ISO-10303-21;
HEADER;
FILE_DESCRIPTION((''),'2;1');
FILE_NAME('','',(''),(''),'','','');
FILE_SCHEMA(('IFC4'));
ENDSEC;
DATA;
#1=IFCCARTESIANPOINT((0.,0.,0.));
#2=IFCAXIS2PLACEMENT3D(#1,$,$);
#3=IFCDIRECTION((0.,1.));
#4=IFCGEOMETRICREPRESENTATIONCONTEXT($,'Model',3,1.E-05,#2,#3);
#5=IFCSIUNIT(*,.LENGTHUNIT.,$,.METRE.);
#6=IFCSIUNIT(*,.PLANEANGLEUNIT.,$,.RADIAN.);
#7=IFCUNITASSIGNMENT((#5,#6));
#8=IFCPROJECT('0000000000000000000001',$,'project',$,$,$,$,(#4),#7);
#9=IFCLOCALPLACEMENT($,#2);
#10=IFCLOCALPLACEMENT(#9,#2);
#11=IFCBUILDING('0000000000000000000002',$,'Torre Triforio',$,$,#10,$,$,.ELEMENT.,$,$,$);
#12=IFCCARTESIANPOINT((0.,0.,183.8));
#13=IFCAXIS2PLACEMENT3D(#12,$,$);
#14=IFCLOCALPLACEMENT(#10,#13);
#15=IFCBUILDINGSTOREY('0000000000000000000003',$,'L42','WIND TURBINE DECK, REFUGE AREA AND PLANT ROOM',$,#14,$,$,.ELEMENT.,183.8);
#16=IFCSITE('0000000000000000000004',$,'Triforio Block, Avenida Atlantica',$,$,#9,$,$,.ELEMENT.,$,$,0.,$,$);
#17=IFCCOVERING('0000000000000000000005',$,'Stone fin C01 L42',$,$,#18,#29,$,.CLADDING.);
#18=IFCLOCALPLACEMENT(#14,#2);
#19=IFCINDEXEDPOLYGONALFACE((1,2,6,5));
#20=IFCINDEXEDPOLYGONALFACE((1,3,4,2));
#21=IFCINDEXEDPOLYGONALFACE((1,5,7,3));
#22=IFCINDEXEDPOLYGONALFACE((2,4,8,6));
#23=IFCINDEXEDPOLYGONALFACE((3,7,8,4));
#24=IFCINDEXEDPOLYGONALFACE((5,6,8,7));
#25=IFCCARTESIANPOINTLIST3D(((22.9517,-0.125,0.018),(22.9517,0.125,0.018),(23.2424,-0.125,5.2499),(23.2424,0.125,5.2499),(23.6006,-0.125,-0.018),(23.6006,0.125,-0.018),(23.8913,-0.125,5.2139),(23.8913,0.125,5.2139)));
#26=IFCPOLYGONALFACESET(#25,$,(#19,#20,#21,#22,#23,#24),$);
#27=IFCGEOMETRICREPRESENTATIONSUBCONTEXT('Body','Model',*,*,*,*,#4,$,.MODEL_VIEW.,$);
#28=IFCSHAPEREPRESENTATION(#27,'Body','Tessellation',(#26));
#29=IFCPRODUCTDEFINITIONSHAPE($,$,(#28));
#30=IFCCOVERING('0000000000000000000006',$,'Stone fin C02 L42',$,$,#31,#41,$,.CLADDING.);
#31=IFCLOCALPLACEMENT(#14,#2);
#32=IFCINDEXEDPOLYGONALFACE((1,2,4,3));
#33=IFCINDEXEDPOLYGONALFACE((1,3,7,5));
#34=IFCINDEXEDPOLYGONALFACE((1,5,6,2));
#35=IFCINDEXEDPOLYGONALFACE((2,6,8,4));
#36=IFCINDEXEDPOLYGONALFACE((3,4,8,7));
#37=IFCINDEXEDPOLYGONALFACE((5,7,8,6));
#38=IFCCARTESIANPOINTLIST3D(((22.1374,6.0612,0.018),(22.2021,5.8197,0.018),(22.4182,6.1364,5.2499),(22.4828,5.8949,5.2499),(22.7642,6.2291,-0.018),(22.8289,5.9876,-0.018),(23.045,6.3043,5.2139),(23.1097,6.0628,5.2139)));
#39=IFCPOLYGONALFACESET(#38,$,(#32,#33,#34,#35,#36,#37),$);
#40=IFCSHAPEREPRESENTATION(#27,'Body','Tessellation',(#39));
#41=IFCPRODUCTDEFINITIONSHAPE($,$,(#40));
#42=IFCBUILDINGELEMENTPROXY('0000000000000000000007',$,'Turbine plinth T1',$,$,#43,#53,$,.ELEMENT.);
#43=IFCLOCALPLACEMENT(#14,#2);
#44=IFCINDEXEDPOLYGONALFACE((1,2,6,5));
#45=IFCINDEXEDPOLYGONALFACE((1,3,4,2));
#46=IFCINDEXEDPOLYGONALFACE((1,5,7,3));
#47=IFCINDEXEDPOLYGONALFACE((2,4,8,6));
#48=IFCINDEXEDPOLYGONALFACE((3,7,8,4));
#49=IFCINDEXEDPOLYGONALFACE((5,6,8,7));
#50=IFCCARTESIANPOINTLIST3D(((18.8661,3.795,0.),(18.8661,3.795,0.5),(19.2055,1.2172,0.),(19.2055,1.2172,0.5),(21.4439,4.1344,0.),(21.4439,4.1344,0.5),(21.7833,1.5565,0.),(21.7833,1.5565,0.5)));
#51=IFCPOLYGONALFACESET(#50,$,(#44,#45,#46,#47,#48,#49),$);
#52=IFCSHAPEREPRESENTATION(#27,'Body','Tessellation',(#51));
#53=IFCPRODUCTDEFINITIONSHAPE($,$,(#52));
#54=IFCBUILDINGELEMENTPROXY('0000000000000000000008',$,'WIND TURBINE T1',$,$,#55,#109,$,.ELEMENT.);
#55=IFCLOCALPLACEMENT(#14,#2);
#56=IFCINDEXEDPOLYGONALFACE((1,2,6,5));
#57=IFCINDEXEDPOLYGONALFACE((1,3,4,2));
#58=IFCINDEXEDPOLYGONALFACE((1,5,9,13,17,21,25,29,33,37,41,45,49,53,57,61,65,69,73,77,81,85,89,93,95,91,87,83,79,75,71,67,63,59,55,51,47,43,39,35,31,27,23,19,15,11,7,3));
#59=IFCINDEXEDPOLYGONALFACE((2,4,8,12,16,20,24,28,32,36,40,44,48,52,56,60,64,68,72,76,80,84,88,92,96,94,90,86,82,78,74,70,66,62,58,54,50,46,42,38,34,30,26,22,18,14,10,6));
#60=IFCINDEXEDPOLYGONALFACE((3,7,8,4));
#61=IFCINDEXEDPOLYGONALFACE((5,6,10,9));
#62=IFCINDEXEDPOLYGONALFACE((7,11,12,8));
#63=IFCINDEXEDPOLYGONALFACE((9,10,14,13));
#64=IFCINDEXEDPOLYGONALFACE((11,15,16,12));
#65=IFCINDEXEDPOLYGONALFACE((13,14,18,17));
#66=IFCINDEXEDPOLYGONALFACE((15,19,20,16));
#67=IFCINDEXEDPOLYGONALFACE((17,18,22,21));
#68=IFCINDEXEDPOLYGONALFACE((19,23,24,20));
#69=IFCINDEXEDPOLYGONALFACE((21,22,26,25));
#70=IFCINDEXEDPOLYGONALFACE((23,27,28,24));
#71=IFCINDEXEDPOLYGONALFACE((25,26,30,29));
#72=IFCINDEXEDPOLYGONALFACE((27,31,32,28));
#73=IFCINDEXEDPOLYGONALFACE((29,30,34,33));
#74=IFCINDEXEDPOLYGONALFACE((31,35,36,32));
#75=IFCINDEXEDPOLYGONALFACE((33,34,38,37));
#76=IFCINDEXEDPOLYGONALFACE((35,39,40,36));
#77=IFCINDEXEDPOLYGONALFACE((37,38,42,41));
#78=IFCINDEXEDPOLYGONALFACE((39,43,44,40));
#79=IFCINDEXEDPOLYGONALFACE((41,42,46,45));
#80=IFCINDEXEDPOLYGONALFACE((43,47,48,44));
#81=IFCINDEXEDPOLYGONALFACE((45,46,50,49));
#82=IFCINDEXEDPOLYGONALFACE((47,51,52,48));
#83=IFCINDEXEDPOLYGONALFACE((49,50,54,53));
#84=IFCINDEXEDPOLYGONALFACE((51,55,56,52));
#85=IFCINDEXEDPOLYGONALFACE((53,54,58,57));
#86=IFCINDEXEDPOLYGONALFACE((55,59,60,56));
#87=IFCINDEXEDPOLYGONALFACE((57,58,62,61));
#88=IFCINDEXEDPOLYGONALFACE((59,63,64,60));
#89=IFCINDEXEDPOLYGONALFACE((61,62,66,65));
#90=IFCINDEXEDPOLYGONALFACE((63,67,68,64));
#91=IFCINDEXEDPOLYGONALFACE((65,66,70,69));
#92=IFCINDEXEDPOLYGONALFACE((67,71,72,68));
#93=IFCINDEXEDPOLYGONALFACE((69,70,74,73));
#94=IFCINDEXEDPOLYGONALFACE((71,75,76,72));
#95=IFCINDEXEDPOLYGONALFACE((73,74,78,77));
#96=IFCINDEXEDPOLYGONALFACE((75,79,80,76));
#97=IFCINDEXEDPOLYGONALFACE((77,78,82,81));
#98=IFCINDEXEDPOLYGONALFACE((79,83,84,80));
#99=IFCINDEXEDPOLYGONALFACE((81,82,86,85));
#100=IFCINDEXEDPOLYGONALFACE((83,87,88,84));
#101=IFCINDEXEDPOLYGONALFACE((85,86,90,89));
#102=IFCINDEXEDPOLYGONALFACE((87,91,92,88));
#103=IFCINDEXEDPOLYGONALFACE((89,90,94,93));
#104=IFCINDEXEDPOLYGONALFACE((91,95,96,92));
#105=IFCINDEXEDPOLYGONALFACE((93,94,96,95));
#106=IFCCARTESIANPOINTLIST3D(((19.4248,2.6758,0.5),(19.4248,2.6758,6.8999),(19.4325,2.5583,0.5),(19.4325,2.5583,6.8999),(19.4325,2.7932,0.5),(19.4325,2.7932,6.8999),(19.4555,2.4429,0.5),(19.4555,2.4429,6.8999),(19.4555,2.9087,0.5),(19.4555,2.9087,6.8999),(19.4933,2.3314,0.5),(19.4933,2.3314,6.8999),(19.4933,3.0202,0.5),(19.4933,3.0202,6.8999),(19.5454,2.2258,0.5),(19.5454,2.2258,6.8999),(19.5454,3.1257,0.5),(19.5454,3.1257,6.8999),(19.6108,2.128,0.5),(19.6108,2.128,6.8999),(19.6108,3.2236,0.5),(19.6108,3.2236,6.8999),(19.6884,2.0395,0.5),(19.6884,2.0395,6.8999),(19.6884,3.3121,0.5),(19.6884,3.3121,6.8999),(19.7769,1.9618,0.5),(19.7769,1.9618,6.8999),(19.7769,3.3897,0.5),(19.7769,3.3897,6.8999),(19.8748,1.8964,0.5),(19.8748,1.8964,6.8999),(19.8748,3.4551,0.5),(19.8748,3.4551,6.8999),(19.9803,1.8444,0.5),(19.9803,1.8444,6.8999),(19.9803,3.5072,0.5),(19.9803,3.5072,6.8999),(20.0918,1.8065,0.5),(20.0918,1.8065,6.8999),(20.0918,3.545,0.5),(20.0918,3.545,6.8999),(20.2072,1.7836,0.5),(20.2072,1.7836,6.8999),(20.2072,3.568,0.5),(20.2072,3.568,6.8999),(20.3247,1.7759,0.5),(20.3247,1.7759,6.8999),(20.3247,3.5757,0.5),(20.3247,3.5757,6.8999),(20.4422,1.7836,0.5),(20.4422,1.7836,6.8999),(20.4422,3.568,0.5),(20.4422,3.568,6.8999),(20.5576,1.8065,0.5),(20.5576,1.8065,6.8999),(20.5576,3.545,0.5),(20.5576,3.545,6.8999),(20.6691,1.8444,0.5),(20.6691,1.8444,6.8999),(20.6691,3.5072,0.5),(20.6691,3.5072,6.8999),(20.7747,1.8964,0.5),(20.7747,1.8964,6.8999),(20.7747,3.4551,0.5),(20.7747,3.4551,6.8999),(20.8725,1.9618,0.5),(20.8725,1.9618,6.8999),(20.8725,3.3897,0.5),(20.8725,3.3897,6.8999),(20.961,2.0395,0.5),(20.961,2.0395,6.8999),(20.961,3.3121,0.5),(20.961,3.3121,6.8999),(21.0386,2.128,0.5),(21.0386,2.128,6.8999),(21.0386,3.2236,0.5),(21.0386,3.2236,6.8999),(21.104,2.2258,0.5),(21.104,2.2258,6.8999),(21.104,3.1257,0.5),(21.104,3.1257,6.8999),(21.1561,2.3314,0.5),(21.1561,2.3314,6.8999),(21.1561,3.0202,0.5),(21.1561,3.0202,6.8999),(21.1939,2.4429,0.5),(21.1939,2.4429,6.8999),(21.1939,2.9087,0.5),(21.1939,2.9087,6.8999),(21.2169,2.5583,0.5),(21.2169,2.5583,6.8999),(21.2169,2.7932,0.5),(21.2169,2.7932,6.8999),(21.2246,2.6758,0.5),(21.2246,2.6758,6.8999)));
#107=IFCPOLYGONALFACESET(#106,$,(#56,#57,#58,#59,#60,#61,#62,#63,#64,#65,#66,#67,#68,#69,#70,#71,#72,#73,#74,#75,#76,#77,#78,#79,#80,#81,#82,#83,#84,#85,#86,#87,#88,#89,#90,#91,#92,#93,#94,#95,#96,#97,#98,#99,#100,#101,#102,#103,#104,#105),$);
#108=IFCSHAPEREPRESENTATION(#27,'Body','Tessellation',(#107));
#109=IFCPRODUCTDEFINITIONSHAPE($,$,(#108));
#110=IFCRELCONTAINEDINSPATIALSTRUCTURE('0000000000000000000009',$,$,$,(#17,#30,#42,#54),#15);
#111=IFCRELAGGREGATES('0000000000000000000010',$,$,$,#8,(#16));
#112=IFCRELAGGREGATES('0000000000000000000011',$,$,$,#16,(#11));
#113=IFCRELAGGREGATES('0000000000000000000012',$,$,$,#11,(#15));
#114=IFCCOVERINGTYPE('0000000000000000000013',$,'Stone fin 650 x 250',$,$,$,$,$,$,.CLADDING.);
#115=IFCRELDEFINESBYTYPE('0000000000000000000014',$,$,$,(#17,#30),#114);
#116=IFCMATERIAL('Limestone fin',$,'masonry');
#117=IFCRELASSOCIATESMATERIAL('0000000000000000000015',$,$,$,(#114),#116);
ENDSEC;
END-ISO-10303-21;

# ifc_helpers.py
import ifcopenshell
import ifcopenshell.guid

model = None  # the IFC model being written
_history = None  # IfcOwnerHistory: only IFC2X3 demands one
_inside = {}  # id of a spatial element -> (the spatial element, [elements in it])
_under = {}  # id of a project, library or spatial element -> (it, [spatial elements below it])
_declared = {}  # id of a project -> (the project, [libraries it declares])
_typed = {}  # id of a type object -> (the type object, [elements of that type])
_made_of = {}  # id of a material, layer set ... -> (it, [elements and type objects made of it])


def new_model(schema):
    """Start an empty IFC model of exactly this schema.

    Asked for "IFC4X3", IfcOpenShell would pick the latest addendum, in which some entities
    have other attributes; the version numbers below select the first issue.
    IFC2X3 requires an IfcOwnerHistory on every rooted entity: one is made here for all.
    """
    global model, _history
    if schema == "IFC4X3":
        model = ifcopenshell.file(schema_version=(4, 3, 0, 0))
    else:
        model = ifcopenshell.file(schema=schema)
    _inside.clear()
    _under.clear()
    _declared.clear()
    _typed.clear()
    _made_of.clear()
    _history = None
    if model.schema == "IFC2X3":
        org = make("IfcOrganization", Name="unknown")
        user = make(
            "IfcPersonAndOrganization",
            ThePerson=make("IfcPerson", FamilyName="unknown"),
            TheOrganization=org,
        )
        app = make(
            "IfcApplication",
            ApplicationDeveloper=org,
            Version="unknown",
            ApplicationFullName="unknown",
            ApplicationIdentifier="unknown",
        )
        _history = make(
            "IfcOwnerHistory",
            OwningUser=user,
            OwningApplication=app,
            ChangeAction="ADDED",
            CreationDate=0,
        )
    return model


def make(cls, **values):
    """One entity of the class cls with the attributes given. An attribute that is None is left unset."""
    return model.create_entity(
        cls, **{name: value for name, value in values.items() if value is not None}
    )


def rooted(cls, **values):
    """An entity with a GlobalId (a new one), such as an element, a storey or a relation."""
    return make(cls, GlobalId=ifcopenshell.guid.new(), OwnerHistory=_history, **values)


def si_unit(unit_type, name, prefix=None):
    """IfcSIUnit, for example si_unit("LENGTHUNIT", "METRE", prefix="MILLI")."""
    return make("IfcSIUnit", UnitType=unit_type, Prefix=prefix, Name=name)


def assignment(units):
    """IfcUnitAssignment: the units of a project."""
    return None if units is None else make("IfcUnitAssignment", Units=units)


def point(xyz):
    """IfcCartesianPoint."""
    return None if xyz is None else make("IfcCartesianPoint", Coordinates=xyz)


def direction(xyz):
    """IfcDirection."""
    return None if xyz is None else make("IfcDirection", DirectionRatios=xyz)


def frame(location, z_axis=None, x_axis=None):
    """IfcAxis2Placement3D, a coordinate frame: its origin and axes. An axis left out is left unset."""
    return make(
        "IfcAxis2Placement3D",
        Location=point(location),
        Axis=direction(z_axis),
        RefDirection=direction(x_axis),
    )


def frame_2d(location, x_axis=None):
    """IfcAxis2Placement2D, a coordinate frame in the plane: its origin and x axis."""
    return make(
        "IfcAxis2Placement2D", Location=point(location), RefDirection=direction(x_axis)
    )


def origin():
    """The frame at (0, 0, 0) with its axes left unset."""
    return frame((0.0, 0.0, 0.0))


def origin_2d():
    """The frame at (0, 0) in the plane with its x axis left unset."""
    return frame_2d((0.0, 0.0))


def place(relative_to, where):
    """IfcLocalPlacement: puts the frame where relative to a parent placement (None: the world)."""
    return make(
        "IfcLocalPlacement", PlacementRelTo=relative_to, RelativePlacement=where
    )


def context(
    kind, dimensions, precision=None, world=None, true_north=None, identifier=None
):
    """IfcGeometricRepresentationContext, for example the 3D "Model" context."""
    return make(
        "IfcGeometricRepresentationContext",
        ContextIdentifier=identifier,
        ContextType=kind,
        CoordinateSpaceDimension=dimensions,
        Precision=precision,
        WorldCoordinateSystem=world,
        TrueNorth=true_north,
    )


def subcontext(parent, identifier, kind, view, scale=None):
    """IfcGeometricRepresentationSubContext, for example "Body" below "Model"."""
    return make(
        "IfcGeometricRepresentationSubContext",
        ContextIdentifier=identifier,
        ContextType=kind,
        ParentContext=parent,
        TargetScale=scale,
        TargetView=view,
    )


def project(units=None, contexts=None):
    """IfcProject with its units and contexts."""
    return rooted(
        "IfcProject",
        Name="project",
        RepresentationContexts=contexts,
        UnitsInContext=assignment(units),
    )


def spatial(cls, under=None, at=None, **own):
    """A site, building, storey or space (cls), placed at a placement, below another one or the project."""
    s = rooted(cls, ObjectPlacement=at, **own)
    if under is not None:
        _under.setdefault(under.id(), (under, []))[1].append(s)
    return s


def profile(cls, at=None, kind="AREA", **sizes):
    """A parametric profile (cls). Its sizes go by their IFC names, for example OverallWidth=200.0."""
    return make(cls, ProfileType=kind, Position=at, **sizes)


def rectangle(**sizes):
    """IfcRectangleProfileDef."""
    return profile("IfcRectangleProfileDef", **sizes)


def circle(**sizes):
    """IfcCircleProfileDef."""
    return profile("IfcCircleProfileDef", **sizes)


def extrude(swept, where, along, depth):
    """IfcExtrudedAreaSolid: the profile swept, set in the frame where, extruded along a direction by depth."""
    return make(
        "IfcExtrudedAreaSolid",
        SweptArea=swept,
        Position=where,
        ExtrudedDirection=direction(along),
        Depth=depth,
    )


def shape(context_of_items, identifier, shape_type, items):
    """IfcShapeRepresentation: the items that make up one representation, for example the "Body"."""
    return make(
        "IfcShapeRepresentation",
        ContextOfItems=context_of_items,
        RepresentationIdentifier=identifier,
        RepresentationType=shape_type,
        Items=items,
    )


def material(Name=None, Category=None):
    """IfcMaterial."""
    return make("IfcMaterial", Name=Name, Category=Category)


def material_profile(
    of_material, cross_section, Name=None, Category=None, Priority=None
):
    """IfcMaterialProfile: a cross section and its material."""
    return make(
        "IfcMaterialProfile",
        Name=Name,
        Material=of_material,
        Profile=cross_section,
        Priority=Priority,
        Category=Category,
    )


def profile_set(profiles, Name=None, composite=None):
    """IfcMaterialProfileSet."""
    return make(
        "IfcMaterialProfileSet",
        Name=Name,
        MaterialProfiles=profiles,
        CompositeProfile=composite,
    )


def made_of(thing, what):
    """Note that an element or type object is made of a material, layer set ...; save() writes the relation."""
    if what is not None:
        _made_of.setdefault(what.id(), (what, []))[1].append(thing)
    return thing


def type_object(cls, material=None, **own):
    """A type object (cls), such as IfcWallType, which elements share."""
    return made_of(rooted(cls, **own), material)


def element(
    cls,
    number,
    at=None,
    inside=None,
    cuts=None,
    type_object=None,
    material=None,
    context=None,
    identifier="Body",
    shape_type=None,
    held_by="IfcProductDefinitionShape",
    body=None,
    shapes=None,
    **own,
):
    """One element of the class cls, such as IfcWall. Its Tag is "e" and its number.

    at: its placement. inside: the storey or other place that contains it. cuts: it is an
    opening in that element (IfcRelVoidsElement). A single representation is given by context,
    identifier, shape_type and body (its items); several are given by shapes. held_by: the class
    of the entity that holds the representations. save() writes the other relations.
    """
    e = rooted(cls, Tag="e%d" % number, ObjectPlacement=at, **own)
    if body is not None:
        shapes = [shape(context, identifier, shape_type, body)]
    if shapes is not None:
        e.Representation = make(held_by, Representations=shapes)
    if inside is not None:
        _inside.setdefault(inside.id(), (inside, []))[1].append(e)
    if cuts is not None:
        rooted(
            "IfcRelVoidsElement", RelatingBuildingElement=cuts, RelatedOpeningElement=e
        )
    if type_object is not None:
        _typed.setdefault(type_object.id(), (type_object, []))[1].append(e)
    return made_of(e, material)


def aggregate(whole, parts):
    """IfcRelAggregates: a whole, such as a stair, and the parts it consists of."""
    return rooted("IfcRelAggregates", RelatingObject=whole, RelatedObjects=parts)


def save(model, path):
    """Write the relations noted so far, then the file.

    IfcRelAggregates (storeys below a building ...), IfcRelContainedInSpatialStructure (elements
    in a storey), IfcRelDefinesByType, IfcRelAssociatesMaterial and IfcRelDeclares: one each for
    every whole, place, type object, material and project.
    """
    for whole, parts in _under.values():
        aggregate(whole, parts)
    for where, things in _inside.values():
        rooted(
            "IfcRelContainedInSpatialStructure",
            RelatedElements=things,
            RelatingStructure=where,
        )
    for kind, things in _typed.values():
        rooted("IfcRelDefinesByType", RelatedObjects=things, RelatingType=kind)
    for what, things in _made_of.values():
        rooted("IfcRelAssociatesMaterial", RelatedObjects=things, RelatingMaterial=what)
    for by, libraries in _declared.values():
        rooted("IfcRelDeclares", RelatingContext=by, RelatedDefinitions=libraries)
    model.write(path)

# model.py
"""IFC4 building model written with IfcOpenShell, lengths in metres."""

from ifc_helpers import new_model, si_unit, direction, frame, origin, origin_2d, place, context, subcontext, project, spatial, rectangle, circle, extrude, material, material_profile, profile_set, type_object, element, save


model = new_model("IFC4")

# Units and contexts
model_context = context("Model", 3, precision=1e-05, world=origin(), true_north=direction((0.0, 1.0)))
body_context = subcontext(model_context, "Body", "Model", "MODEL_VIEW")
ifc_project = project(units=[si_unit("LENGTHUNIT", "METRE"), si_unit("PLANEANGLEUNIT", "RADIAN")], contexts=[model_context])

# Site, building, storey
site_placement = place(None, origin())
site = spatial("IfcSite", under=ifc_project, at=site_placement, Name="Triforio Block, Avenida Atlantica", CompositionType="ELEMENT", RefElevation=0.0)
building_placement = place(site_placement, origin())
building = spatial("IfcBuilding", under=site, at=building_placement, Name="Torre Triforio", CompositionType="ELEMENT")
storey_placement = place(building_placement, frame((0.0, 0.0, 183.8)))
storey = spatial("IfcBuildingStorey", under=building, at=storey_placement, Name="L42", Description="WIND TURBINE DECK, REFUGE AREA AND PLANT ROOM", CompositionType="ELEMENT", Elevation=183.8)

# Coverings
ifc_material_1 = material(Name="Limestone fin", Category="masonry")
ifc_material_profile_1 = material_profile(ifc_material_1, rectangle(XDim=0.6499, YDim=0.25, at=origin_2d()), Name="FIN 650x250")
ifc_profile_set_1 = profile_set([ifc_material_profile_1], Name="Limestone fin")
covering_type_1 = type_object("IfcCoveringType", Name="Stone fin 650 x 250", PredefinedType="CLADDING", material=ifc_profile_set_1)
for number, where, z_axis, x_axis, name in (
    (1, (23.2761, 0.0, 0.0), (0.055491, 0.0, 0.998459), (-0.998459, 0.0, 0.055491), "Stone fin C01 L42"),
    (2, (22.4832, 6.0244, 0.0), (0.05358, 0.01435, 0.99846), (-0.964468, -0.25831, 0.055469), "Stone fin C02 L42"),
):
    element("IfcCovering", number, at=place(storey_placement, frame(where, z_axis=z_axis, x_axis=x_axis)), inside=storey, type_object=covering_type_1, Name=name, PredefinedType="CLADDING", context=body_context, shape_type="SweptSolid", body=[
        extrude(rectangle(XDim=0.6499, YDim=0.25, at=origin_2d()), origin(), (0.0, 0.0, 1.0), 5.24),
    ])

# Building element proxies
proxy_1_placement = place(storey_placement, frame((20.3247, 2.6758, 0.0), z_axis=(0.0, 0.0, 1.0), x_axis=(0.991445, 0.130526, 0.0)))
element("IfcBuildingElementProxy", 3, at=proxy_1_placement, inside=storey, Name="Turbine plinth T1", PredefinedType="ELEMENT", context=body_context, shape_type="SweptSolid", body=[
    extrude(rectangle(XDim=2.6001, YDim=2.6001, at=origin_2d()), origin(), (0.0, 0.0, 1.0), 0.5),
])
proxy_2_placement = place(storey_placement, frame((20.3247, 2.6758, 0.5), z_axis=(0.0, 0.0, 1.0), x_axis=(1.0, 0.0, 0.0)))
element("IfcBuildingElementProxy", 4, at=proxy_2_placement, inside=storey, Name="WIND TURBINE T1", PredefinedType="ELEMENT", context=body_context, shape_type="SweptSolid", body=[
    extrude(circle(Radius=0.8999, at=origin_2d()), origin(), (0.0, 0.0, 1.0), 6.3999),
])

save(model, "model.ifc")
